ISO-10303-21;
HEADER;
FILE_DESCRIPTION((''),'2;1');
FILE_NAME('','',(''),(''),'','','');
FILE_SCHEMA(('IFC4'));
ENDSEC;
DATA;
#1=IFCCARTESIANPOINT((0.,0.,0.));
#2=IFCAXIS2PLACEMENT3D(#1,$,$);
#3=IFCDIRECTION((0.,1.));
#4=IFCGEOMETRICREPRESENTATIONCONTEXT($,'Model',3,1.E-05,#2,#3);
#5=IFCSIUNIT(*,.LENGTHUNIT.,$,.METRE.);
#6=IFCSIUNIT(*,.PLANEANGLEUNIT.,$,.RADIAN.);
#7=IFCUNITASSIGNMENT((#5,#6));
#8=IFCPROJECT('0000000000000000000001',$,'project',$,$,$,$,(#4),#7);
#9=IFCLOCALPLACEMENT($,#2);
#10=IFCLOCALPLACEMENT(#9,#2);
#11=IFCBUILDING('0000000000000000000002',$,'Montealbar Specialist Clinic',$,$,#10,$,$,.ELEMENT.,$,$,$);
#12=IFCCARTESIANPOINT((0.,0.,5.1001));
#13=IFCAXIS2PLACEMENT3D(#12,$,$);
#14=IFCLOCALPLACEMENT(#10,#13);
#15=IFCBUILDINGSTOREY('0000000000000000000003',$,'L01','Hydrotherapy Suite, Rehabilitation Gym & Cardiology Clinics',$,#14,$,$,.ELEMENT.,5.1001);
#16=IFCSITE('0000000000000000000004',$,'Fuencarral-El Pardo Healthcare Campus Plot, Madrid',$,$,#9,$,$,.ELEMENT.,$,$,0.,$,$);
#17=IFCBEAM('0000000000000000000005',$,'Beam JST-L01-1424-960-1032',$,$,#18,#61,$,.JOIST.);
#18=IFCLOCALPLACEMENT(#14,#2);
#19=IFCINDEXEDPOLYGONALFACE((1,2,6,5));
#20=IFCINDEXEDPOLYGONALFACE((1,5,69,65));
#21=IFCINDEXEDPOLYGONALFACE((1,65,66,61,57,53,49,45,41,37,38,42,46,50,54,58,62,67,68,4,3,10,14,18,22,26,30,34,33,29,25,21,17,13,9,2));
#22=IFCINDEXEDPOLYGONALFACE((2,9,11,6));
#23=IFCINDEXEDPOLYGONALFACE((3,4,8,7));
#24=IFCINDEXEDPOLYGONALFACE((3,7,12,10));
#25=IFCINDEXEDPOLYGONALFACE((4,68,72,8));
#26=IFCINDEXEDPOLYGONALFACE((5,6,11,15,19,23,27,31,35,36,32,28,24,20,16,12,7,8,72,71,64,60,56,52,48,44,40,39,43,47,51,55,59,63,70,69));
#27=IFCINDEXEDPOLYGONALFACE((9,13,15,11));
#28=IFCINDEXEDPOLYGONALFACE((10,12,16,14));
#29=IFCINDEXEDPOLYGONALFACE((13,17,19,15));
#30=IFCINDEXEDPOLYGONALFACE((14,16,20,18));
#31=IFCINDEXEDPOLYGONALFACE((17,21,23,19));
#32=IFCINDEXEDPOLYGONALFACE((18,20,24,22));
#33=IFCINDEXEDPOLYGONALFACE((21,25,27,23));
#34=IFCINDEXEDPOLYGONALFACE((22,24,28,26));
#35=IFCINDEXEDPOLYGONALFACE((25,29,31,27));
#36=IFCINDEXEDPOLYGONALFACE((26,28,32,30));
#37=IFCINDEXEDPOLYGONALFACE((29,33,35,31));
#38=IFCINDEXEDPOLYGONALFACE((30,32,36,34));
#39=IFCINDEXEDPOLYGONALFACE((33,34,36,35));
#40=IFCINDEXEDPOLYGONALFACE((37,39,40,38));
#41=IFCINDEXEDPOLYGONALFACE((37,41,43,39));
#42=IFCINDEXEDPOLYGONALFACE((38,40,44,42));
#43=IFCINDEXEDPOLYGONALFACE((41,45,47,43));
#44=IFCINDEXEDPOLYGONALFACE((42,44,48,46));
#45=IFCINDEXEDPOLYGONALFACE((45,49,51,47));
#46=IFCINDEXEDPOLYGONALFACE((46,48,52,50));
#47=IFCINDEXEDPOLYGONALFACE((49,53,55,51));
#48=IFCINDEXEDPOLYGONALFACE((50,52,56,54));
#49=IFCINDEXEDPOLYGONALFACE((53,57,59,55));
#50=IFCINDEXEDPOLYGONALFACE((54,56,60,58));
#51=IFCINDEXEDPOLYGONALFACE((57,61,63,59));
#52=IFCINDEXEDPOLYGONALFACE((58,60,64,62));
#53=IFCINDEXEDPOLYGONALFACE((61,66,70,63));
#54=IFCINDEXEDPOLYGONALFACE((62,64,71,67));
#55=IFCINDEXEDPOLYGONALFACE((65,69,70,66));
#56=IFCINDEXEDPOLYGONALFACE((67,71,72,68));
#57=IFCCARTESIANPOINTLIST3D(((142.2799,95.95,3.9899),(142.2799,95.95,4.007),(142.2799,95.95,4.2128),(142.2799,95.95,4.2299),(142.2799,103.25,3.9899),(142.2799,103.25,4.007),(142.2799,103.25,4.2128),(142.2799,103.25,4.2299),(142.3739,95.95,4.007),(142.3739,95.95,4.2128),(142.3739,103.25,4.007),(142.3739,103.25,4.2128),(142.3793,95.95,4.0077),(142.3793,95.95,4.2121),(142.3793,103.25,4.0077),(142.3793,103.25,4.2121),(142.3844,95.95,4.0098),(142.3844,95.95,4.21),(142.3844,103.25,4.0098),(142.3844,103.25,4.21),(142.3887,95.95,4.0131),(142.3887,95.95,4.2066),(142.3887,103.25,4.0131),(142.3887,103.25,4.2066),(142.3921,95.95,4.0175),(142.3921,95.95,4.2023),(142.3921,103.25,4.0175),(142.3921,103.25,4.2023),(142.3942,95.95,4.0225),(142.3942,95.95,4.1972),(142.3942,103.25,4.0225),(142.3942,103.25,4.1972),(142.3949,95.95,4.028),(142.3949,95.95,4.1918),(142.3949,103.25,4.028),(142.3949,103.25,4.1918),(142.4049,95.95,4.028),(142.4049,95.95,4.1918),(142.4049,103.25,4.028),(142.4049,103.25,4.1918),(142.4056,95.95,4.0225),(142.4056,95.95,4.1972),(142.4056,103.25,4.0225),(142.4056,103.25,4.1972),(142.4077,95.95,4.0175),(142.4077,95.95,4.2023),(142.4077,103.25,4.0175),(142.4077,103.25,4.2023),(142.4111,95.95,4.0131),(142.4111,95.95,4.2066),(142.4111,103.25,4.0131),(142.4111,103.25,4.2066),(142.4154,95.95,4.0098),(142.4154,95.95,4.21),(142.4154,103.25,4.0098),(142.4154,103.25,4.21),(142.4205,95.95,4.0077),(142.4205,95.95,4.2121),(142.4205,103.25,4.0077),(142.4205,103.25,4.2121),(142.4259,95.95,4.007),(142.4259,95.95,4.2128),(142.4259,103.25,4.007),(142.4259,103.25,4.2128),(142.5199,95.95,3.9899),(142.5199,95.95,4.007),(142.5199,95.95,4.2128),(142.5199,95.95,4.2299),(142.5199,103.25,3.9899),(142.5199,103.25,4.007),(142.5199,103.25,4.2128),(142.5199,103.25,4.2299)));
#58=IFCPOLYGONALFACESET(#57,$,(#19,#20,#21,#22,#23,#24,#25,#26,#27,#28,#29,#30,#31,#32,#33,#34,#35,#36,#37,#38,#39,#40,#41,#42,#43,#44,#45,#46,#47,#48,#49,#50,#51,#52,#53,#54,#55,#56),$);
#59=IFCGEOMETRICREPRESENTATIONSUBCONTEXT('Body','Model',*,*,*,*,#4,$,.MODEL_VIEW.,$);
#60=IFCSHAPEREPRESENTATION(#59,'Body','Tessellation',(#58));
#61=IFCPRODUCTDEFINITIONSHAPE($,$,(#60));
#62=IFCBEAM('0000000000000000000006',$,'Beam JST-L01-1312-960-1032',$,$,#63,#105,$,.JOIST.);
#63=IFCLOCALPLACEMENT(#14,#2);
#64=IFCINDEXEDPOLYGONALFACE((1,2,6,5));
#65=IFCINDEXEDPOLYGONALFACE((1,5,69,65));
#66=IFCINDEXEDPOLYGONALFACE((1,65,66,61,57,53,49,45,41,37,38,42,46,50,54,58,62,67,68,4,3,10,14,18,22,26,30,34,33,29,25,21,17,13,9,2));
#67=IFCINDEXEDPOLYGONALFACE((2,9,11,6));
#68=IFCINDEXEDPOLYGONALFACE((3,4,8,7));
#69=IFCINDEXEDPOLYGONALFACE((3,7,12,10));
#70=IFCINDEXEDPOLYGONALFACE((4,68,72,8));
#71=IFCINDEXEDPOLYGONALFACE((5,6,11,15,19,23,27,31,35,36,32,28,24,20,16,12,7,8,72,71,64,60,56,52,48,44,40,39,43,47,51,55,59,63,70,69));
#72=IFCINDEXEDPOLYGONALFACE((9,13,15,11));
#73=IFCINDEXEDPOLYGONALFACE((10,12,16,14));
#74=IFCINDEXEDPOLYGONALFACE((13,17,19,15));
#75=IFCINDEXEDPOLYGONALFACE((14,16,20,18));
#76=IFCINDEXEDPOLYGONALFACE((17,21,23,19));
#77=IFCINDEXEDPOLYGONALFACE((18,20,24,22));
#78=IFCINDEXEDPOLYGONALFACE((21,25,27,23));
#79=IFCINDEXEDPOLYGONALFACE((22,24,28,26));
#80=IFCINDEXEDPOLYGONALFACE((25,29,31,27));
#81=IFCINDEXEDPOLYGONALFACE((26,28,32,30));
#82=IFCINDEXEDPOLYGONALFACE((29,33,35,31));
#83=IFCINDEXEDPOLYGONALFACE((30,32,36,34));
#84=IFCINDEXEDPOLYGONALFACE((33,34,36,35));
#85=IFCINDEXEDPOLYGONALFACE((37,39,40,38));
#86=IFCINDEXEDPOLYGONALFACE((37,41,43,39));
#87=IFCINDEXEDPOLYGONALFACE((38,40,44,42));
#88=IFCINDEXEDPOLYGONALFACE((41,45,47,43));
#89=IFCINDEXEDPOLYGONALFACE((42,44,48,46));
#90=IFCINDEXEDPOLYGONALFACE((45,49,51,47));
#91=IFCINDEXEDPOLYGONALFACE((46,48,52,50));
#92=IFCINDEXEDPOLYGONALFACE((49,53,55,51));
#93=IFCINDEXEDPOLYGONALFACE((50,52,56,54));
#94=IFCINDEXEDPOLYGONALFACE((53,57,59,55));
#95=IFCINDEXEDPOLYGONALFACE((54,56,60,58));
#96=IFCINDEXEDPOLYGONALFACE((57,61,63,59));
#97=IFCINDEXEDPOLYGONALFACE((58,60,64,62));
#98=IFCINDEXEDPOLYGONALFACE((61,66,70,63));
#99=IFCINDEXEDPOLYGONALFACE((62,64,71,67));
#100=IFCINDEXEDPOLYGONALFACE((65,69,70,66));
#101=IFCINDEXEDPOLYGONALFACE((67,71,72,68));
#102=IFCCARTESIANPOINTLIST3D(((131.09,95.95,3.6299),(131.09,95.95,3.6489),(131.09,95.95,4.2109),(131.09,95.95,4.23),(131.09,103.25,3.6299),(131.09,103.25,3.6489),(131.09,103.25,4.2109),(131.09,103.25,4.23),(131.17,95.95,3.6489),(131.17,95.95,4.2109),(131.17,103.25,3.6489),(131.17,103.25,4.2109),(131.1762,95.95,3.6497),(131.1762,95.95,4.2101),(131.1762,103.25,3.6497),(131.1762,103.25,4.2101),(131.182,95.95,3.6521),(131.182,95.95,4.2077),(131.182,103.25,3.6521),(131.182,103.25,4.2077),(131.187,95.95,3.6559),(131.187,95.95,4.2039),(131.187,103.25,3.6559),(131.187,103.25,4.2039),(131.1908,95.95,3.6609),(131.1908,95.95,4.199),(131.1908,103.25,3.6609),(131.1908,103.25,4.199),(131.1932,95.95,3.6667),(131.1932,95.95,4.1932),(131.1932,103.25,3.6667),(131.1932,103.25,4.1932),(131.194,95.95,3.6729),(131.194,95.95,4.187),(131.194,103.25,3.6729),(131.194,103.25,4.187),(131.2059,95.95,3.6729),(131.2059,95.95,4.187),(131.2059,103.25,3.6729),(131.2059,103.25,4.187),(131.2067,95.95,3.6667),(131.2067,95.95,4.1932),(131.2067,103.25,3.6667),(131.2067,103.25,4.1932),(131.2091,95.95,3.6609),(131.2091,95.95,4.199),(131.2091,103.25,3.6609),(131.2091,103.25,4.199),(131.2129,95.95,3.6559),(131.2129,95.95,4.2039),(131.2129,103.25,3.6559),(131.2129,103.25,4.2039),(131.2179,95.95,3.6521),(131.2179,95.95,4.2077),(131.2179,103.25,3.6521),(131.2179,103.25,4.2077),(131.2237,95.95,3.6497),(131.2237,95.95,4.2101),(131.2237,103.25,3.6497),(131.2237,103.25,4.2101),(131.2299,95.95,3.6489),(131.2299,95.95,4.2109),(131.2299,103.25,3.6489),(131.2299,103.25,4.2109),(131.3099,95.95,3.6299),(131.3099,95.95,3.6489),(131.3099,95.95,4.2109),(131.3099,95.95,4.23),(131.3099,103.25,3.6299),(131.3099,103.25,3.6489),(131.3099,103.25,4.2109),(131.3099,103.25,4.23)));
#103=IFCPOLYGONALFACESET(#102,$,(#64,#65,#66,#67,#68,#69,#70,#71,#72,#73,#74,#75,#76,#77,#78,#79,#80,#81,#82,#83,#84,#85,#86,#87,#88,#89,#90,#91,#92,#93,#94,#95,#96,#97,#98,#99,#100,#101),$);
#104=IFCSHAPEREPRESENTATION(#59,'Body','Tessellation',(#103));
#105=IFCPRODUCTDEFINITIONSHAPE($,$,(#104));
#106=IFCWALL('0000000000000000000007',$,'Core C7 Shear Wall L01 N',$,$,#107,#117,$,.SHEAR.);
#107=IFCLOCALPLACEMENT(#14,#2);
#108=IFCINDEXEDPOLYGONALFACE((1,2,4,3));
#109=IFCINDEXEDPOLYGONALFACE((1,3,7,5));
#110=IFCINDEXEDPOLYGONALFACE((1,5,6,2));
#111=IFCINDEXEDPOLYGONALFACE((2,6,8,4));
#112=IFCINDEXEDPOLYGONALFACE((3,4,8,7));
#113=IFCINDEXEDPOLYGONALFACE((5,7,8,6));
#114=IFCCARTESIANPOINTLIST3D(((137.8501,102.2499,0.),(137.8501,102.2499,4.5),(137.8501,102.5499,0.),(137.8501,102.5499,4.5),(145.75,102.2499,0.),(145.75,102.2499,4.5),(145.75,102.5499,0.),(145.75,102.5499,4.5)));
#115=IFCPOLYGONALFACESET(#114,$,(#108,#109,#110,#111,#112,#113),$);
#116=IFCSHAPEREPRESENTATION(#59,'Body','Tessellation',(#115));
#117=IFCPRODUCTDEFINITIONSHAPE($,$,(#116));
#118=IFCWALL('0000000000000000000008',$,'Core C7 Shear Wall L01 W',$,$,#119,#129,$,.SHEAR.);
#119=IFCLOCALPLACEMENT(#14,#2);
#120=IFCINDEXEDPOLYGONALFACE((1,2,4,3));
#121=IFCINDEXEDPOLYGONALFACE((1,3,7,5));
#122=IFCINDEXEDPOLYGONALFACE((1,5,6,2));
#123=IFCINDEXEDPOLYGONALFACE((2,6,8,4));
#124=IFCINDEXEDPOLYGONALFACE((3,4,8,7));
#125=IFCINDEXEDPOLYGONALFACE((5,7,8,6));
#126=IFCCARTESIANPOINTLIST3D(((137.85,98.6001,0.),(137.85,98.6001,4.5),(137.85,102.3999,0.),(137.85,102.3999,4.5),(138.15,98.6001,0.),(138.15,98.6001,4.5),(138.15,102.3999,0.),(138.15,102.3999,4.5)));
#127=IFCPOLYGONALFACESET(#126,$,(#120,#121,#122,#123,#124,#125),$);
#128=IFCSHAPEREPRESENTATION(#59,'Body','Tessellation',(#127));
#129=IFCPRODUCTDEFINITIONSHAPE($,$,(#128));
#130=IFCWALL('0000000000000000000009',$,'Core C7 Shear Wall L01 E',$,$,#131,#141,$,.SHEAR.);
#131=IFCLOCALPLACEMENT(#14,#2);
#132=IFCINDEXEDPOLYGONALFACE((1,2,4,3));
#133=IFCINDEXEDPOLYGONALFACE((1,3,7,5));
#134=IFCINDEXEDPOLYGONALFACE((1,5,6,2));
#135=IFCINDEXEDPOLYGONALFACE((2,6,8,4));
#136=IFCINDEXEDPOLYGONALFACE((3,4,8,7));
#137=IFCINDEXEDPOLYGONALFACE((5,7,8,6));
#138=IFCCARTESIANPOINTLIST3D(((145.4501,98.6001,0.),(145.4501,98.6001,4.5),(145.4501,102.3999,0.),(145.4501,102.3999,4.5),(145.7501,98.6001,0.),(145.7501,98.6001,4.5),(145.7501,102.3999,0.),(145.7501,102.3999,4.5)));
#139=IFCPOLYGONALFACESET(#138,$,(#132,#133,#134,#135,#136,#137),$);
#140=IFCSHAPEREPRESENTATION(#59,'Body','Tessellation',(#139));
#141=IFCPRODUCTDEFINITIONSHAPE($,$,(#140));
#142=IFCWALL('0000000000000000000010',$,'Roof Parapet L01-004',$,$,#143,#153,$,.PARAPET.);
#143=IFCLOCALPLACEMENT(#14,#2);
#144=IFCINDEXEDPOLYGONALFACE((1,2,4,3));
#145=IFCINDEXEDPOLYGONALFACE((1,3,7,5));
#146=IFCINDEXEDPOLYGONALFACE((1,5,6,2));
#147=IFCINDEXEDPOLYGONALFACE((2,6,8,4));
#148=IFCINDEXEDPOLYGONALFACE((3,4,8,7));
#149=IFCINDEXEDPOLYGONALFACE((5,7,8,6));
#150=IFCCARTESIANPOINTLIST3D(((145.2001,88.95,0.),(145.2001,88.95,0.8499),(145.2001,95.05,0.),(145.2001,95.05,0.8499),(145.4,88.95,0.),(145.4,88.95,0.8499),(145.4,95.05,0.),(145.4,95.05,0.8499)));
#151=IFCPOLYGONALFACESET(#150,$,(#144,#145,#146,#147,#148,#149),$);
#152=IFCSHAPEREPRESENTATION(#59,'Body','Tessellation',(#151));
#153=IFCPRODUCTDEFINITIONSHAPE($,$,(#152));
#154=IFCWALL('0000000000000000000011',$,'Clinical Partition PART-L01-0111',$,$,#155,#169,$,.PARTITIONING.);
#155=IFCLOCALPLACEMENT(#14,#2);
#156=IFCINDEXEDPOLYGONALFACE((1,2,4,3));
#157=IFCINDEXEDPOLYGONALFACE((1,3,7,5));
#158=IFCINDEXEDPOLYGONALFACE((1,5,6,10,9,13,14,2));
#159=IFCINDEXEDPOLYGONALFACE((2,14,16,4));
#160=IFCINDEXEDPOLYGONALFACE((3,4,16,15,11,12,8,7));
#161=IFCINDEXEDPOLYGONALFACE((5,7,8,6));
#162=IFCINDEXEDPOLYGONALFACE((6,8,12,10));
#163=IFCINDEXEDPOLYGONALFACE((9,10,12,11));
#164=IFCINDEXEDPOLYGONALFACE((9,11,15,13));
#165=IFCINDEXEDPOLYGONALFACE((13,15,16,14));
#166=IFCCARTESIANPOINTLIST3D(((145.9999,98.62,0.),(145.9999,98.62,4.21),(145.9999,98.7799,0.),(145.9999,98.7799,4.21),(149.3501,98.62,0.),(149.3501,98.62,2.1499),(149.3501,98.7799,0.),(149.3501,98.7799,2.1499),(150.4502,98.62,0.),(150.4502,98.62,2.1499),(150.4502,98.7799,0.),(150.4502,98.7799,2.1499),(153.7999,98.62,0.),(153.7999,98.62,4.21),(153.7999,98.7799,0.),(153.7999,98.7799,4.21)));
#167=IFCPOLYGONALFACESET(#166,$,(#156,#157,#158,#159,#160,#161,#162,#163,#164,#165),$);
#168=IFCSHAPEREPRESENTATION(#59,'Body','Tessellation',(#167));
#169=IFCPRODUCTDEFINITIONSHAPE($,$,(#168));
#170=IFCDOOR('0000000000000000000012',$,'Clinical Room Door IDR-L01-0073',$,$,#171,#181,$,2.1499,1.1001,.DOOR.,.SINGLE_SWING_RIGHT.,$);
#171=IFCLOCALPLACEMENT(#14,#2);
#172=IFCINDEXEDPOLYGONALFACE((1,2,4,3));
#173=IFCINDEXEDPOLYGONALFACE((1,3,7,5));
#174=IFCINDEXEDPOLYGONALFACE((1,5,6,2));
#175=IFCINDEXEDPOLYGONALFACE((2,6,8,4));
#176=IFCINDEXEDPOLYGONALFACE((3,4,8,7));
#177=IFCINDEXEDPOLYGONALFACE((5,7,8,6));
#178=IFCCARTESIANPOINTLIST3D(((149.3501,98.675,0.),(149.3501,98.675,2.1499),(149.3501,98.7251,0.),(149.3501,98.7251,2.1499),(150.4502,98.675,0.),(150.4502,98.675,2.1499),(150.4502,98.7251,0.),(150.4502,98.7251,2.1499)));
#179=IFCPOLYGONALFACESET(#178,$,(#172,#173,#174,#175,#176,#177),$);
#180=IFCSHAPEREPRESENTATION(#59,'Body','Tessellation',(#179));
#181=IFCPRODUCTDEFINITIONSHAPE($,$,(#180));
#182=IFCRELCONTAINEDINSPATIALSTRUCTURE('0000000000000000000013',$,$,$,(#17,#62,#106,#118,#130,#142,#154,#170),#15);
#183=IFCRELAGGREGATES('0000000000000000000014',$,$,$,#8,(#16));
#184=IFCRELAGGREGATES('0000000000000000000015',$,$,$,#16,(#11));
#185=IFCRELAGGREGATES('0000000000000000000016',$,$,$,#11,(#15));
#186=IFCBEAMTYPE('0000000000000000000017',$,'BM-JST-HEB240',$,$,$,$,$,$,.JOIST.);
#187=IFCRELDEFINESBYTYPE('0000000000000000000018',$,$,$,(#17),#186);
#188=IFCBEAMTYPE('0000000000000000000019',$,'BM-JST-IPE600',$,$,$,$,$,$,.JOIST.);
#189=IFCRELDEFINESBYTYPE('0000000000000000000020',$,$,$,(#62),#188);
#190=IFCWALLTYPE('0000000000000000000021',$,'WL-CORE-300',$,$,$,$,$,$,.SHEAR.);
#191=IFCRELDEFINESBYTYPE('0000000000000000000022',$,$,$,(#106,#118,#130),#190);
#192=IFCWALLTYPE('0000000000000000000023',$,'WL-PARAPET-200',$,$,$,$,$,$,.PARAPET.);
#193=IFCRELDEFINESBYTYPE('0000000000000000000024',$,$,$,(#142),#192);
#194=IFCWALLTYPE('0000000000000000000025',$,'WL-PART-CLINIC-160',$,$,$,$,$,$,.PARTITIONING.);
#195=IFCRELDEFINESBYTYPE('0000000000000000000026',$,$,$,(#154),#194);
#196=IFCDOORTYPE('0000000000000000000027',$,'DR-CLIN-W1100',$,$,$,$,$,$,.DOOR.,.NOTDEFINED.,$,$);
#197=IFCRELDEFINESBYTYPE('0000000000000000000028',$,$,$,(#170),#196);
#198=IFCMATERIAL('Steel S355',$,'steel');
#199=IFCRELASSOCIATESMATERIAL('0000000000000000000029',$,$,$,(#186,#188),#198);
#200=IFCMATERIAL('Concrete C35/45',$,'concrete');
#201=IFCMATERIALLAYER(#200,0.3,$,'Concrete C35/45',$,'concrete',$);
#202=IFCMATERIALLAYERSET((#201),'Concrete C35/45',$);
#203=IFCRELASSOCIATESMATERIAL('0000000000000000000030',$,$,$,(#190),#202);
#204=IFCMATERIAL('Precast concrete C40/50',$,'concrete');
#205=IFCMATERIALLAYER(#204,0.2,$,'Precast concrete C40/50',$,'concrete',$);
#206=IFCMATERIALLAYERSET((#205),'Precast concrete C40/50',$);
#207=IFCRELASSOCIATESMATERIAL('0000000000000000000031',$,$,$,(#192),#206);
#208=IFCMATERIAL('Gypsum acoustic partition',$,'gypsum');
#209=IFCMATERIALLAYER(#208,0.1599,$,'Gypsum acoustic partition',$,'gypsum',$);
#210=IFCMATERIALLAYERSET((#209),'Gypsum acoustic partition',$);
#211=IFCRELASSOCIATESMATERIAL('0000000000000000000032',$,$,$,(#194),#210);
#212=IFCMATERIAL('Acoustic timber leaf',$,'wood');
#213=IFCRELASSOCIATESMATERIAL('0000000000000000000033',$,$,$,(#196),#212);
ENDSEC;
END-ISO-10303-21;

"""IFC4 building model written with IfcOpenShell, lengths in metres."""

from ifc_helpers import new_model, si_unit, direction, frame, frame_2d, origin, origin_2d, place, context, subcontext, project, spatial, rectangle, i_section, extrude, material, layer, layer_set, material_profile, profile_set, type_object, element, fill, save


model = new_model("IFC4")

# Units and contexts
model_context = context("Model", 3, precision=1e-05, world=origin(), true_north=direction((0.0, 1.0)))
body_context = subcontext(model_context, "Body", "Model", "MODEL_VIEW")
ifc_project = project(units=[si_unit("LENGTHUNIT", "METRE"), si_unit("PLANEANGLEUNIT", "RADIAN")], contexts=[model_context])

# Site, building, storey
site_placement = place(None, origin())
site = spatial("IfcSite", under=ifc_project, at=site_placement, Name="Fuencarral-El Pardo Healthcare Campus Plot, Madrid", CompositionType="ELEMENT", RefElevation=0.0)
building_placement = place(site_placement, origin())
building = spatial("IfcBuilding", under=site, at=building_placement, Name="Montealbar Specialist Clinic", CompositionType="ELEMENT")
storey_placement = place(building_placement, frame((0.0, 0.0, 5.1001)))
storey = spatial("IfcBuildingStorey", under=building, at=storey_placement, Name="L01", Description="Hydrotherapy Suite, Rehabilitation Gym & Cardiology Clinics", CompositionType="ELEMENT", Elevation=5.1001)

# Shared definitions
ifc_material_1 = material(Name="Steel S355", Category="steel")

# Beams
ifc_material_profile_1 = material_profile(ifc_material_1, i_section(OverallWidth=0.24, OverallDepth=0.24, WebThickness=0.01, FlangeThickness=0.0171, FilletRadius=0.021, at=origin_2d()), Name="HEB 240", Category="steel")
ifc_profile_set_1 = profile_set([ifc_material_profile_1], Name="Steel S355")
beam_type_1 = type_object("IfcBeamType", Name="BM-JST-HEB240", PredefinedType="JOIST", material=ifc_profile_set_1)
beam_1_placement = place(storey_placement, frame((142.3999, 95.95, 4.1099), z_axis=(0.0, 1.0, 0.0), x_axis=(-1.0, 0.0, 0.0)))
element("IfcBeam", 1, at=beam_1_placement, inside=storey, type_object=beam_type_1, Name="Beam JST-L01-1424-960-1032", PredefinedType="JOIST", context=body_context, shape_type="SweptSolid", body=[
    extrude(i_section(OverallWidth=0.24, OverallDepth=0.24, WebThickness=0.01, FlangeThickness=0.0171, FilletRadius=0.021, at=origin_2d()), origin(), (0.0, 0.0, 1.0), 7.3),
])
ifc_material_profile_2 = material_profile(ifc_material_1, i_section(OverallWidth=0.22, OverallDepth=0.6001, WebThickness=0.012, FlangeThickness=0.019, FilletRadius=0.0239, at=origin_2d()), Name="IPE 600", Category="steel")
ifc_profile_set_2 = profile_set([ifc_material_profile_2], Name="Steel S355")
beam_type_2 = type_object("IfcBeamType", Name="BM-JST-IPE600", PredefinedType="JOIST", material=ifc_profile_set_2)
beam_2_placement = place(storey_placement, frame((131.2, 95.95, 3.9299), z_axis=(0.0, 1.0, 0.0), x_axis=(-1.0, 0.0, 0.0)))
element("IfcBeam", 2, at=beam_2_placement, inside=storey, type_object=beam_type_2, Name="Beam JST-L01-1312-960-1032", PredefinedType="JOIST", context=body_context, shape_type="SweptSolid", body=[
    extrude(i_section(OverallWidth=0.22, OverallDepth=0.6001, WebThickness=0.012, FlangeThickness=0.019, FilletRadius=0.0239, at=origin_2d()), origin(), (0.0, 0.0, 1.0), 7.3),
])

# Shared definitions
ifc_material_2 = material(Name="Concrete C35/45", Category="concrete")
ifc_layer_1 = layer(ifc_material_2, 0.3, Name="Concrete C35/45", Category="concrete")
ifc_layer_set_1 = layer_set([ifc_layer_1], Name="Concrete C35/45")
wall_type_1 = type_object("IfcWallType", Name="WL-CORE-300", PredefinedType="SHEAR", material=ifc_layer_set_1)

# Walls
wall_1_placement = place(storey_placement, frame((137.8501, 102.3999, 0.0), z_axis=(0.0, 0.0, 1.0), x_axis=(1.0, 0.0, 0.0)))
element("IfcWall", 3, at=wall_1_placement, inside=storey, type_object=wall_type_1, Name="Core C7 Shear Wall L01 N", PredefinedType="SHEAR", context=body_context, shape_type="SweptSolid", body=[
    extrude(rectangle(XDim=7.8999, YDim=0.3, at=frame_2d((3.95, 0.0))), origin(), (0.0, 0.0, 1.0), 4.5),
])
for number, where, z_axis, x_axis, name in (
    (4, (138.0, 98.6001, 0.0), (0.0, 0.0, 1.0), (0.0, 1.0, 0.0), "Core C7 Shear Wall L01 W"),
    (5, (145.6001, 98.6001, 0.0), (0.0, 0.0, 1.0), (0.0, 1.0, 0.0), "Core C7 Shear Wall L01 E"),
):
    element("IfcWall", number, at=place(storey_placement, frame(where, z_axis=z_axis, x_axis=x_axis)), inside=storey, type_object=wall_type_1, Name=name, PredefinedType="SHEAR", context=body_context, shape_type="SweptSolid", body=[
        extrude(rectangle(XDim=3.7998, YDim=0.3, at=frame_2d((1.8999, 0.0))), origin(), (0.0, 0.0, 1.0), 4.5),
    ])
ifc_material_3 = material(Name="Precast concrete C40/50", Category="concrete")
ifc_layer_2 = layer(ifc_material_3, 0.2, Name="Precast concrete C40/50", Category="concrete")
ifc_layer_set_2 = layer_set([ifc_layer_2], Name="Precast concrete C40/50")
wall_type_2 = type_object("IfcWallType", Name="WL-PARAPET-200", PredefinedType="PARAPET", material=ifc_layer_set_2)
wall_2_placement = place(storey_placement, frame((145.3, 88.95, 0.0), z_axis=(0.0, 0.0, 1.0), x_axis=(0.0, 1.0, 0.0)))
element("IfcWall", 6, at=wall_2_placement, inside=storey, type_object=wall_type_2, Name="Roof Parapet L01-004", PredefinedType="PARAPET", context=body_context, shape_type="SweptSolid", body=[
    extrude(rectangle(XDim=6.1001, YDim=0.2, at=frame_2d((3.05, 0.0))), origin(), (0.0, 0.0, 1.0), 0.8499),
])

# Wall, opening, door
ifc_material_4 = material(Name="Gypsum acoustic partition", Category="gypsum")
ifc_layer_3 = layer(ifc_material_4, 0.1599, Name="Gypsum acoustic partition", Category="gypsum")
ifc_layer_set_3 = layer_set([ifc_layer_3], Name="Gypsum acoustic partition")
wall_type_3 = type_object("IfcWallType", Name="WL-PART-CLINIC-160", PredefinedType="PARTITIONING", material=ifc_layer_set_3)
wall_3_placement = place(storey_placement, frame((146.0, 98.7, 0.0), z_axis=(0.0, 0.0, 1.0), x_axis=(1.0, 0.0, 0.0)))
wall_3 = element("IfcWall", 7, at=wall_3_placement, inside=storey, type_object=wall_type_3, Name="Clinical Partition PART-L01-0111", PredefinedType="PARTITIONING", context=body_context, shape_type="SweptSolid", body=[
    extrude(rectangle(XDim=7.8, YDim=0.1599, at=frame_2d((3.8999, 0.0))), origin(), (0.0, 0.0, 1.0), 4.21),
])
opening_1_placement = place(wall_3_placement, frame((3.3501, 0.0, 0.0)))
opening_1 = element("IfcOpeningElement", 8, at=opening_1_placement, cuts=wall_3, PredefinedType="OPENING", context=body_context, shape_type="SweptSolid", body=[
    extrude(rectangle(XDim=1.1001, YDim=2.1499, at=frame_2d((0.55, 1.075))), frame((0.0, 0.0898, 0.0), z_axis=(0.0, -1.0, 0.0), x_axis=(1.0, 0.0, 0.0)), (0.0, 0.0, 1.0), 0.1799),
])
ifc_material_5 = material(Name="Acoustic timber leaf", Category="wood")
door_type_1 = type_object("IfcDoorType", Name="DR-CLIN-W1100", OperationType="NOTDEFINED", PredefinedType="DOOR", material=ifc_material_5)
door_1_placement = place(opening_1_placement, frame((1.1001, 0.0, 0.0), z_axis=(0.0, 0.0, 1.0), x_axis=(-1.0, 0.0, 0.0)))
door_1 = element("IfcDoor", 9, at=door_1_placement, inside=storey, type_object=door_type_1, Name="Clinical Room Door IDR-L01-0073", OperationType="SINGLE_SWING_RIGHT", OverallHeight=2.1499, OverallWidth=1.1001, PredefinedType="DOOR", context=body_context, shape_type="SweptSolid", body=[
    extrude(rectangle(XDim=1.1001, YDim=2.1499, at=frame_2d((0.55, 1.075))), frame((0.0, 0.0249, 0.0), z_axis=(0.0, -1.0, 0.0), x_axis=(1.0, 0.0, 0.0)), (0.0, 0.0, 1.0), 0.05),
])
fill(opening_1, door_1)

save(model, "model.ifc")
